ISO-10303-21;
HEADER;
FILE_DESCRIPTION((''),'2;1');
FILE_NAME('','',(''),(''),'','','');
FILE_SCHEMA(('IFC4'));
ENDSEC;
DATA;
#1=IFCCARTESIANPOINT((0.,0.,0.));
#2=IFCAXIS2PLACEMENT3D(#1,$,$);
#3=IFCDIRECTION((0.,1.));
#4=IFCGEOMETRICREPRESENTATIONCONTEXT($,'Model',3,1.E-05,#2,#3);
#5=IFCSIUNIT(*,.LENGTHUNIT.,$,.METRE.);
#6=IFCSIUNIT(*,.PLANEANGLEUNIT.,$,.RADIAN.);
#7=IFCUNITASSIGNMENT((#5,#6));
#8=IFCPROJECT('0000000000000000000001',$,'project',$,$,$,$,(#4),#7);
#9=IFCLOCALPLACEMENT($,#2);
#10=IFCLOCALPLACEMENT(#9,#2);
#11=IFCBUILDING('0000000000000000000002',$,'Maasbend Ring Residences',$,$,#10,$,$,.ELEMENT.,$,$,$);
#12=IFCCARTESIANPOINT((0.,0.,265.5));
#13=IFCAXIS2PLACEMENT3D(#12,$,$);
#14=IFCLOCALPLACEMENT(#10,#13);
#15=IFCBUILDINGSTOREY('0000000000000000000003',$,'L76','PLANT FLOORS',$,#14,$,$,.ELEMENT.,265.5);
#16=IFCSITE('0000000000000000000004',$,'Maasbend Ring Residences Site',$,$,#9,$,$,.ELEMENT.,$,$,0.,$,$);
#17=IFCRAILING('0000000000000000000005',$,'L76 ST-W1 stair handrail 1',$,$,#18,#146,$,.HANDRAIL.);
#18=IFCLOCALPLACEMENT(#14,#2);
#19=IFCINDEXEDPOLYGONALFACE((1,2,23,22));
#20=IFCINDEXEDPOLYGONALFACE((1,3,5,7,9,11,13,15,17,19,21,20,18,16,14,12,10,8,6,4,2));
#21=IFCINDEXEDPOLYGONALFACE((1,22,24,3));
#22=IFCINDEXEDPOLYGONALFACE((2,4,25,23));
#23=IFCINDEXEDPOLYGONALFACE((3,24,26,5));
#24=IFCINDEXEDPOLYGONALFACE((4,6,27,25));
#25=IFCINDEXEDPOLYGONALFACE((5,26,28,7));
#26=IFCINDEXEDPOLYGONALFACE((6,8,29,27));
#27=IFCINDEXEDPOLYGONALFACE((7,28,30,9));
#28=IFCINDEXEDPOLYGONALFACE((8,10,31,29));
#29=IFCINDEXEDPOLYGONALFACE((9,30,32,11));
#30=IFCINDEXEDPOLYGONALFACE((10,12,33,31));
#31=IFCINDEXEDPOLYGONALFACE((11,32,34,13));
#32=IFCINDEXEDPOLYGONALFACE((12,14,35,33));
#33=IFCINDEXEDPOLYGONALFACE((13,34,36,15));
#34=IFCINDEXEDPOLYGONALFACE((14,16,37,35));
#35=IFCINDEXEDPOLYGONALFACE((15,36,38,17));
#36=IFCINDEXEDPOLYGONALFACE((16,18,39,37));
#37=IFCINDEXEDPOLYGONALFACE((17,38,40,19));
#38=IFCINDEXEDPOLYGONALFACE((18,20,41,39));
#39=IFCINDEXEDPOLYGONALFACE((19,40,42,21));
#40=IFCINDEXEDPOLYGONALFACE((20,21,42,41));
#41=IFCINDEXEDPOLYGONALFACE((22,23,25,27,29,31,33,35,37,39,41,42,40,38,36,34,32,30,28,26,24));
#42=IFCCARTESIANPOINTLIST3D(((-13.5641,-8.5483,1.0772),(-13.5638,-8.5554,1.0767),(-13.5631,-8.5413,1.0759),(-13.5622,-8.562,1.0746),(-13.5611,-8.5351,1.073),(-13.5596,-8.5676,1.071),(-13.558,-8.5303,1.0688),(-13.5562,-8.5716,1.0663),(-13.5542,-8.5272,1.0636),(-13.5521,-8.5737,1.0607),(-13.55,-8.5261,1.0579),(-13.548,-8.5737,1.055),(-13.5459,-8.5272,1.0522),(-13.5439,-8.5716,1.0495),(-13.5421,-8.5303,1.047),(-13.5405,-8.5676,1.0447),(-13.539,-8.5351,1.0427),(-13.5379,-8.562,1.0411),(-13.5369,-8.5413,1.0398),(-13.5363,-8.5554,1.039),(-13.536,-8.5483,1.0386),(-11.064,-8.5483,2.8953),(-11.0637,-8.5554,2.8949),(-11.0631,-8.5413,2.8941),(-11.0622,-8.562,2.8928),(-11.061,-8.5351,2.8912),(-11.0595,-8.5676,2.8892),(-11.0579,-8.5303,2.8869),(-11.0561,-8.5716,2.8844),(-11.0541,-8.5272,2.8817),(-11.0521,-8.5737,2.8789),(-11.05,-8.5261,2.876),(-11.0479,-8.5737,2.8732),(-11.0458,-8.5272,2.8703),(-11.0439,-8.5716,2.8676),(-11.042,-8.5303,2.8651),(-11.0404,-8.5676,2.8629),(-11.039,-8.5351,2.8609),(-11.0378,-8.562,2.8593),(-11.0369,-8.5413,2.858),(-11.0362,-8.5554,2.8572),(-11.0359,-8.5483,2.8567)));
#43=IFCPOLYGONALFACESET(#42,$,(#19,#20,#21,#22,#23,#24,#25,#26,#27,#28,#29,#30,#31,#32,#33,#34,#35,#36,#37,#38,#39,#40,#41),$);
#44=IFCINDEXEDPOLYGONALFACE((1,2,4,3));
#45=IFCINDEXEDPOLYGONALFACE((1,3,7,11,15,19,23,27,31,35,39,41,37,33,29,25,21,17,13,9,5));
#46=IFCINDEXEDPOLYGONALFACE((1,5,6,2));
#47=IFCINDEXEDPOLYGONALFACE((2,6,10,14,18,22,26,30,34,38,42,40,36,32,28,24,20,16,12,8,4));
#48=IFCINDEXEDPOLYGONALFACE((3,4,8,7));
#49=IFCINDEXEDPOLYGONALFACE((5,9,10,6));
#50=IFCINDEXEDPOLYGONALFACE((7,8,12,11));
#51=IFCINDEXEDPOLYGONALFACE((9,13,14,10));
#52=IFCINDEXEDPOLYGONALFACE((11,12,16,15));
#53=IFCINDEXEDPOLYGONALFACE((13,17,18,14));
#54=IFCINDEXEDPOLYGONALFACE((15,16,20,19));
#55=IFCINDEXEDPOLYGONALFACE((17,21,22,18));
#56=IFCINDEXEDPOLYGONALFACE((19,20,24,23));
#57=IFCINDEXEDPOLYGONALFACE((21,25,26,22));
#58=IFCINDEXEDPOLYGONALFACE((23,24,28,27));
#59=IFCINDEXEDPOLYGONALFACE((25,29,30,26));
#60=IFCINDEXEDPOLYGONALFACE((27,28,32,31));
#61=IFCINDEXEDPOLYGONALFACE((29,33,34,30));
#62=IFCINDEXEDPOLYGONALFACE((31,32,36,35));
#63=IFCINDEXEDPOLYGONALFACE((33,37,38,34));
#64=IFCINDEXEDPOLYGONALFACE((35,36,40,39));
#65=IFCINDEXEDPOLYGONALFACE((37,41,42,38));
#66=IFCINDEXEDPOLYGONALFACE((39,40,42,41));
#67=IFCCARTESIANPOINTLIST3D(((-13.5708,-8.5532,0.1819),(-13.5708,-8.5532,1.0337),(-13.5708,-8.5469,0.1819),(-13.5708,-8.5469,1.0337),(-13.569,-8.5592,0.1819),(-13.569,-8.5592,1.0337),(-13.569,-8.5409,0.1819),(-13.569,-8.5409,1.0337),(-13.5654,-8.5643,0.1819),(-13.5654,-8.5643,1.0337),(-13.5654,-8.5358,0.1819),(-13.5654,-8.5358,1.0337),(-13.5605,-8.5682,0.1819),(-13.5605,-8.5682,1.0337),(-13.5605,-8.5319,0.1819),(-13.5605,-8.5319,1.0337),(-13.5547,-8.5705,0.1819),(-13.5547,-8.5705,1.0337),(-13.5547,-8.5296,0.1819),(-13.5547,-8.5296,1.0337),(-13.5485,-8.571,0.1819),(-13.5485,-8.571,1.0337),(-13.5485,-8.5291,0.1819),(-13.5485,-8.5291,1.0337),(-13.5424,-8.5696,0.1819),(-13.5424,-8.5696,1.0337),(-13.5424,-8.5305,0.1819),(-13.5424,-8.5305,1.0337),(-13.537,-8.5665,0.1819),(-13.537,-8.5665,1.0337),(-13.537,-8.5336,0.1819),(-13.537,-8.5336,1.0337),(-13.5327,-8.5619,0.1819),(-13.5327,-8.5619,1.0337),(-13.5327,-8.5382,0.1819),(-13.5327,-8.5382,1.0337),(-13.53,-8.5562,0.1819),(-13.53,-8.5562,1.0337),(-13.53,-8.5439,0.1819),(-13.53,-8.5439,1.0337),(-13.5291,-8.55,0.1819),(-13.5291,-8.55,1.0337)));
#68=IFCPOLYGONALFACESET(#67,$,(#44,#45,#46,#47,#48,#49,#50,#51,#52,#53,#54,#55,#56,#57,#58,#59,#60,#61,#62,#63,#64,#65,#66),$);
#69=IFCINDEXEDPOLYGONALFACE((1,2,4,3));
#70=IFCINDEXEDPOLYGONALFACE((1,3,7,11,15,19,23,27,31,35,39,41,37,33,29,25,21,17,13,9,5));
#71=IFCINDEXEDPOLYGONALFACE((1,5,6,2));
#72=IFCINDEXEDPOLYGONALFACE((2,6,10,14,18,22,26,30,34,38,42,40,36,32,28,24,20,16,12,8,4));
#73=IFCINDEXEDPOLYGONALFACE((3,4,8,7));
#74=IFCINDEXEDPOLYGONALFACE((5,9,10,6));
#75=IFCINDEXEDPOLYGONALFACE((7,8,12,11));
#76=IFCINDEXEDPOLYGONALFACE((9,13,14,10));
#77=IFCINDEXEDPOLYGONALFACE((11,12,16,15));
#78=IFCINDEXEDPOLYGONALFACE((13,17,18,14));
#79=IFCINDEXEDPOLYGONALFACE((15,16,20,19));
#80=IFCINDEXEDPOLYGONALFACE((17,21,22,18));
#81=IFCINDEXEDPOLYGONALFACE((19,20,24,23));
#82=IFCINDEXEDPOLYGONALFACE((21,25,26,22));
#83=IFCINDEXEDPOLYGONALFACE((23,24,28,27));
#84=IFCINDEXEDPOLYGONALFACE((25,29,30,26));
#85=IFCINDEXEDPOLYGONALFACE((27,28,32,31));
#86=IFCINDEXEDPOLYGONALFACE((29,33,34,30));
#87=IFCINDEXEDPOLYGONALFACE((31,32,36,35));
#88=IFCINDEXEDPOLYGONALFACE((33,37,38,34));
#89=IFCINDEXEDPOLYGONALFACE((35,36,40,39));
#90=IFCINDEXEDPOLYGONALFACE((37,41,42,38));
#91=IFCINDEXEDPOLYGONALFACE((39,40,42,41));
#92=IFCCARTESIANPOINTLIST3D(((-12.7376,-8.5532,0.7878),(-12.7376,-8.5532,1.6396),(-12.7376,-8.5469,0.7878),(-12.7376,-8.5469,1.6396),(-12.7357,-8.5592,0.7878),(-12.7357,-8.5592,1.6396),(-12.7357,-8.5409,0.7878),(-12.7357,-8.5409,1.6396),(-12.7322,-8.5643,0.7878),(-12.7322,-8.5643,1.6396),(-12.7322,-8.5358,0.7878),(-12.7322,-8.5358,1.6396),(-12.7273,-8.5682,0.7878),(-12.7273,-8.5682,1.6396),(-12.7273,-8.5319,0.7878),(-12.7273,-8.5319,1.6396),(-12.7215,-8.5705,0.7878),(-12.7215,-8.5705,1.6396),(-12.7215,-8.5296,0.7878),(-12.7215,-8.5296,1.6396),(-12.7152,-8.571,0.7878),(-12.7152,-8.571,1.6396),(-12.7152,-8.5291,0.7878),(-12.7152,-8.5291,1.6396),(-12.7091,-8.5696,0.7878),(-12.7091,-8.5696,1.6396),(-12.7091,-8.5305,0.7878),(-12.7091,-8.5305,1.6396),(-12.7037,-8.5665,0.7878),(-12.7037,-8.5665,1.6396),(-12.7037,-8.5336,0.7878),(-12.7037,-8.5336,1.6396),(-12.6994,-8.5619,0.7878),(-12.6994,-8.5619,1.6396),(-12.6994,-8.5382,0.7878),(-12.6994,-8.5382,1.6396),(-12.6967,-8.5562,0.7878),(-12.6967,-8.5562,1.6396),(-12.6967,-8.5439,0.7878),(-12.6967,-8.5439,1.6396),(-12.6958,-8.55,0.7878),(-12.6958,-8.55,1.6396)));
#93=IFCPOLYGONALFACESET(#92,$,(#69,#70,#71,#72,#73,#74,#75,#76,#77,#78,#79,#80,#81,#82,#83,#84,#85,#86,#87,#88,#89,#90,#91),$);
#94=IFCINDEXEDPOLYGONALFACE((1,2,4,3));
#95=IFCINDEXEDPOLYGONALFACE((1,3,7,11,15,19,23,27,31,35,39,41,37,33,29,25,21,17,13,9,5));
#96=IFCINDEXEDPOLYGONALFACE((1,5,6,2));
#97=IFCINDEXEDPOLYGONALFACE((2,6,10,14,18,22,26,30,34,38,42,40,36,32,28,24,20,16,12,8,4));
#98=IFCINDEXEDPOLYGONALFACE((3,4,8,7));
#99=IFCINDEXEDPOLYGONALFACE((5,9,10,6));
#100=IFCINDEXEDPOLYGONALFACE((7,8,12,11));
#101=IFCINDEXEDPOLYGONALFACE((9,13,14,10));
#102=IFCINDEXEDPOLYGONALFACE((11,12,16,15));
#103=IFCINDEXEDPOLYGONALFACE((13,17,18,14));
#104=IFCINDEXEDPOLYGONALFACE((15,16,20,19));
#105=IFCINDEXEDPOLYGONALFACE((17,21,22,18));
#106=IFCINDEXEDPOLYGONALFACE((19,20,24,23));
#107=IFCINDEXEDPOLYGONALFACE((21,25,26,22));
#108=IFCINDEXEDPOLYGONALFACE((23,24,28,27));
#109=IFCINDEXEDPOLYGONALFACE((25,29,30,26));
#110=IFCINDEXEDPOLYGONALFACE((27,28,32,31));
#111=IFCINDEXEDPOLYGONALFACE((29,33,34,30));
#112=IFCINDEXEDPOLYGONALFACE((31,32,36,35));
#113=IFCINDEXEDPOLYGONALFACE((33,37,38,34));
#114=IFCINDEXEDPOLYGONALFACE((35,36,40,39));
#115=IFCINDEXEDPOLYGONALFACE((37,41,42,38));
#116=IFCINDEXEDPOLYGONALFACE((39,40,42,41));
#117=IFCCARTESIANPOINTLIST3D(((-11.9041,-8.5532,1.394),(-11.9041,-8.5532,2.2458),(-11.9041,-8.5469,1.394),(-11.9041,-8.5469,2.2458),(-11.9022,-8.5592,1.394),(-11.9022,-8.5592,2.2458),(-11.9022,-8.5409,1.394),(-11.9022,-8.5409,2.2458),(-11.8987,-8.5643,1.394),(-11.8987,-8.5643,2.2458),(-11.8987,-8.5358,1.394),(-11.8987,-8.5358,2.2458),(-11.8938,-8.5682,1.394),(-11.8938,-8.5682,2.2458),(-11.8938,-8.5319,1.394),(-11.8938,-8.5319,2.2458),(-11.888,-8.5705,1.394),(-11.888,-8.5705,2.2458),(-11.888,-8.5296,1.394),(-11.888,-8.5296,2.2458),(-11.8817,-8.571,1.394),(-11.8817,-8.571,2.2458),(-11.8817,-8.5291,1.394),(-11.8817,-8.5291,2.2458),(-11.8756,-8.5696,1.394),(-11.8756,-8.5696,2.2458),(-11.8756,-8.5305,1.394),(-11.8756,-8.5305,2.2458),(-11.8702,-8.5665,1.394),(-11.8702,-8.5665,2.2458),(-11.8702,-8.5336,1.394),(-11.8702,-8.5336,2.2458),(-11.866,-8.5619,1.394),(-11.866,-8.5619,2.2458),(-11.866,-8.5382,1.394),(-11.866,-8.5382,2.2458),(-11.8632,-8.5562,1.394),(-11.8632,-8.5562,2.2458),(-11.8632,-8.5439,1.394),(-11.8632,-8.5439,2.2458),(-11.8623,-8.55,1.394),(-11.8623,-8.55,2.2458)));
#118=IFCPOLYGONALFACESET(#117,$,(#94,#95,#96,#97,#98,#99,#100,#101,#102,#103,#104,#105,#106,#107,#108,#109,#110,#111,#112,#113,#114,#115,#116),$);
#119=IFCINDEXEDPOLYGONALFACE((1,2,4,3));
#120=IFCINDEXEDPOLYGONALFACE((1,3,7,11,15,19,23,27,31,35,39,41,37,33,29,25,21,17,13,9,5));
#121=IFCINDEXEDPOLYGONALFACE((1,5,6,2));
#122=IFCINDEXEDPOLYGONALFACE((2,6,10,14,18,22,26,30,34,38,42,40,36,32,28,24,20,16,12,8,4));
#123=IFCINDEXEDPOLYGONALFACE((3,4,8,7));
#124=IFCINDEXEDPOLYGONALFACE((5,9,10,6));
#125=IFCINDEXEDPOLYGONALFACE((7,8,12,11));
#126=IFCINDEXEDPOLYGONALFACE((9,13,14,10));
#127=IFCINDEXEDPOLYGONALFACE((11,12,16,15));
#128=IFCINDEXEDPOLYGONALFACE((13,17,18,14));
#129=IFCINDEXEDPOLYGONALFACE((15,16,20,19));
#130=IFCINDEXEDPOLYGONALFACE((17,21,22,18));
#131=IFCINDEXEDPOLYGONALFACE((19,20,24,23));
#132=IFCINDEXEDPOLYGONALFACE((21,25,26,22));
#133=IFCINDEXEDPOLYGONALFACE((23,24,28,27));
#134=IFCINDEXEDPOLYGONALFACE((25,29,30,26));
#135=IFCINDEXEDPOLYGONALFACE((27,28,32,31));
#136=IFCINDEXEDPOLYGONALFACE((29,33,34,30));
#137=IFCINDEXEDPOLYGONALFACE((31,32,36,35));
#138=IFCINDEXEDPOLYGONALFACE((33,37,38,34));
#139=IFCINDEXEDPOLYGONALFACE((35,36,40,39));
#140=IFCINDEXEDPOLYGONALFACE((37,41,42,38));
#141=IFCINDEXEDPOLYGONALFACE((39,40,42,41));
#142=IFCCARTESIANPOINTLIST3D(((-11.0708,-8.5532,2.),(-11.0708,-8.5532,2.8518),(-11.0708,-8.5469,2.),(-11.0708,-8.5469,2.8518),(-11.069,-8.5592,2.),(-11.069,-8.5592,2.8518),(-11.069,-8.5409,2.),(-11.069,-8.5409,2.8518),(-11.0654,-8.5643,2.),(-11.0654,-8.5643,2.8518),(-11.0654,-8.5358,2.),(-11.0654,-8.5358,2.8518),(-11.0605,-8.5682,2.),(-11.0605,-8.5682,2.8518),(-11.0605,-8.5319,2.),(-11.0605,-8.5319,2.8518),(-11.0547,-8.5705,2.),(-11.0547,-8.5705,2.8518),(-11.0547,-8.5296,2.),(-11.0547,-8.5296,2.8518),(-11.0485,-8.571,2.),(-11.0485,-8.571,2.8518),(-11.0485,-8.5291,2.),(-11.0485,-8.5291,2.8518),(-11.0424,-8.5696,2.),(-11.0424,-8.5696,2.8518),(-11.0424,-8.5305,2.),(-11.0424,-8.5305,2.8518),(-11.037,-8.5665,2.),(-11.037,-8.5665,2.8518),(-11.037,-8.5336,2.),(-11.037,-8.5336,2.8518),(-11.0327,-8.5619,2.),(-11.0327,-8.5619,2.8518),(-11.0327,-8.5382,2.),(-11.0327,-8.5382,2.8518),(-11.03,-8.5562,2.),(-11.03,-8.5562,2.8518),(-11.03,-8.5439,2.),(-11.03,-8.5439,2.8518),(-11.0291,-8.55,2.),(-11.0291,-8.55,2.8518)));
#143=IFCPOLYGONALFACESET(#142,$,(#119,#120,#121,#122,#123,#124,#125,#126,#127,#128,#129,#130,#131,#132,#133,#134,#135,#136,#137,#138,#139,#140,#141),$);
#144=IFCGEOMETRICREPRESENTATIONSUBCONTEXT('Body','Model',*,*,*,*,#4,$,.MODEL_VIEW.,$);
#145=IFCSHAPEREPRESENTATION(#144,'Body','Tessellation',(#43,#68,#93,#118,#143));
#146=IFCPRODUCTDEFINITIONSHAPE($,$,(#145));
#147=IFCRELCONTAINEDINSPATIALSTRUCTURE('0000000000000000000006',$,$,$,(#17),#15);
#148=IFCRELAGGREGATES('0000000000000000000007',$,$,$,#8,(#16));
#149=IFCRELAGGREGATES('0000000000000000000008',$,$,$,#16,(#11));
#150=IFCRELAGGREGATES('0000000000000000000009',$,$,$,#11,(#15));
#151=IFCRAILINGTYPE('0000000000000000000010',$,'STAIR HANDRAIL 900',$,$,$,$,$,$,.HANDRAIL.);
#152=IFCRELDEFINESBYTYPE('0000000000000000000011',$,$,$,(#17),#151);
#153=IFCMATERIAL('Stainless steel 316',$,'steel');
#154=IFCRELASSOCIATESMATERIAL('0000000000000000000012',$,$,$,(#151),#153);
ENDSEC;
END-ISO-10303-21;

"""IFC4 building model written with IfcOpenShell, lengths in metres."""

from ifc_helpers import new_model, si_unit, direction, frame, origin, origin_2d, place, context, subcontext, project, spatial, circle, extrude, material, type_object, element, save


model = new_model("IFC4")

# Units and contexts
model_context = context("Model", 3, precision=1e-05, world=origin(), true_north=direction((0.0, 1.0)))
body_context = subcontext(model_context, "Body", "Model", "MODEL_VIEW")
ifc_project = project(units=[si_unit("LENGTHUNIT", "METRE"), si_unit("PLANEANGLEUNIT", "RADIAN")], contexts=[model_context])

# Site, building, storey
site_placement = place(None, origin())
site = spatial("IfcSite", under=ifc_project, at=site_placement, Name="Maasbend Ring Residences Site", CompositionType="ELEMENT", RefElevation=0.0)
building_placement = place(site_placement, origin())
building = spatial("IfcBuilding", under=site, at=building_placement, Name="Maasbend Ring Residences", CompositionType="ELEMENT")
storey_placement = place(building_placement, frame((0.0, 0.0, 265.5)))
storey = spatial("IfcBuildingStorey", under=building, at=storey_placement, Name="L76", Description="PLANT FLOORS", CompositionType="ELEMENT", Elevation=265.5)

# Railing
ifc_material_1 = material(Name="Stainless steel 316", Category="steel")
railing_type_1 = type_object("IfcRailingType", Name="STAIR HANDRAIL 900", PredefinedType="HANDRAIL", material=ifc_material_1)
railing_1_placement = place(storey_placement, frame((-13.55, -8.55, 0.1819)))
element("IfcRailing", 1, at=railing_1_placement, inside=storey, type_object=railing_type_1, Name="L76 ST-W1 stair handrail 1", PredefinedType="HANDRAIL", context=body_context, shape_type="SweptSolid", body=[
    extrude(circle(Radius=0.0239, at=origin_2d()), frame((0.0, 0.0, 0.876), z_axis=(0.808746, 0.0, 0.588158), x_axis=(0.0, 1.0, 0.0)), (0.0, 0.0, 1.0), 3.0913),
    extrude(circle(Radius=0.021, at=origin_2d()), origin(), (0.0, 0.0, 1.0), 0.8518),
    extrude(circle(Radius=0.021, at=origin_2d()), frame((0.8333, 0.0, 0.606)), (0.0, 0.0, 1.0), 0.8518),
    extrude(circle(Radius=0.021, at=origin_2d()), frame((1.6667, 0.0, 1.2122)), (0.0, 0.0, 1.0), 0.8518),
    extrude(circle(Radius=0.021, at=origin_2d()), frame((2.5, 0.0, 1.8181)), (0.0, 0.0, 1.0), 0.8518),
])

save(model, "model.ifc")
